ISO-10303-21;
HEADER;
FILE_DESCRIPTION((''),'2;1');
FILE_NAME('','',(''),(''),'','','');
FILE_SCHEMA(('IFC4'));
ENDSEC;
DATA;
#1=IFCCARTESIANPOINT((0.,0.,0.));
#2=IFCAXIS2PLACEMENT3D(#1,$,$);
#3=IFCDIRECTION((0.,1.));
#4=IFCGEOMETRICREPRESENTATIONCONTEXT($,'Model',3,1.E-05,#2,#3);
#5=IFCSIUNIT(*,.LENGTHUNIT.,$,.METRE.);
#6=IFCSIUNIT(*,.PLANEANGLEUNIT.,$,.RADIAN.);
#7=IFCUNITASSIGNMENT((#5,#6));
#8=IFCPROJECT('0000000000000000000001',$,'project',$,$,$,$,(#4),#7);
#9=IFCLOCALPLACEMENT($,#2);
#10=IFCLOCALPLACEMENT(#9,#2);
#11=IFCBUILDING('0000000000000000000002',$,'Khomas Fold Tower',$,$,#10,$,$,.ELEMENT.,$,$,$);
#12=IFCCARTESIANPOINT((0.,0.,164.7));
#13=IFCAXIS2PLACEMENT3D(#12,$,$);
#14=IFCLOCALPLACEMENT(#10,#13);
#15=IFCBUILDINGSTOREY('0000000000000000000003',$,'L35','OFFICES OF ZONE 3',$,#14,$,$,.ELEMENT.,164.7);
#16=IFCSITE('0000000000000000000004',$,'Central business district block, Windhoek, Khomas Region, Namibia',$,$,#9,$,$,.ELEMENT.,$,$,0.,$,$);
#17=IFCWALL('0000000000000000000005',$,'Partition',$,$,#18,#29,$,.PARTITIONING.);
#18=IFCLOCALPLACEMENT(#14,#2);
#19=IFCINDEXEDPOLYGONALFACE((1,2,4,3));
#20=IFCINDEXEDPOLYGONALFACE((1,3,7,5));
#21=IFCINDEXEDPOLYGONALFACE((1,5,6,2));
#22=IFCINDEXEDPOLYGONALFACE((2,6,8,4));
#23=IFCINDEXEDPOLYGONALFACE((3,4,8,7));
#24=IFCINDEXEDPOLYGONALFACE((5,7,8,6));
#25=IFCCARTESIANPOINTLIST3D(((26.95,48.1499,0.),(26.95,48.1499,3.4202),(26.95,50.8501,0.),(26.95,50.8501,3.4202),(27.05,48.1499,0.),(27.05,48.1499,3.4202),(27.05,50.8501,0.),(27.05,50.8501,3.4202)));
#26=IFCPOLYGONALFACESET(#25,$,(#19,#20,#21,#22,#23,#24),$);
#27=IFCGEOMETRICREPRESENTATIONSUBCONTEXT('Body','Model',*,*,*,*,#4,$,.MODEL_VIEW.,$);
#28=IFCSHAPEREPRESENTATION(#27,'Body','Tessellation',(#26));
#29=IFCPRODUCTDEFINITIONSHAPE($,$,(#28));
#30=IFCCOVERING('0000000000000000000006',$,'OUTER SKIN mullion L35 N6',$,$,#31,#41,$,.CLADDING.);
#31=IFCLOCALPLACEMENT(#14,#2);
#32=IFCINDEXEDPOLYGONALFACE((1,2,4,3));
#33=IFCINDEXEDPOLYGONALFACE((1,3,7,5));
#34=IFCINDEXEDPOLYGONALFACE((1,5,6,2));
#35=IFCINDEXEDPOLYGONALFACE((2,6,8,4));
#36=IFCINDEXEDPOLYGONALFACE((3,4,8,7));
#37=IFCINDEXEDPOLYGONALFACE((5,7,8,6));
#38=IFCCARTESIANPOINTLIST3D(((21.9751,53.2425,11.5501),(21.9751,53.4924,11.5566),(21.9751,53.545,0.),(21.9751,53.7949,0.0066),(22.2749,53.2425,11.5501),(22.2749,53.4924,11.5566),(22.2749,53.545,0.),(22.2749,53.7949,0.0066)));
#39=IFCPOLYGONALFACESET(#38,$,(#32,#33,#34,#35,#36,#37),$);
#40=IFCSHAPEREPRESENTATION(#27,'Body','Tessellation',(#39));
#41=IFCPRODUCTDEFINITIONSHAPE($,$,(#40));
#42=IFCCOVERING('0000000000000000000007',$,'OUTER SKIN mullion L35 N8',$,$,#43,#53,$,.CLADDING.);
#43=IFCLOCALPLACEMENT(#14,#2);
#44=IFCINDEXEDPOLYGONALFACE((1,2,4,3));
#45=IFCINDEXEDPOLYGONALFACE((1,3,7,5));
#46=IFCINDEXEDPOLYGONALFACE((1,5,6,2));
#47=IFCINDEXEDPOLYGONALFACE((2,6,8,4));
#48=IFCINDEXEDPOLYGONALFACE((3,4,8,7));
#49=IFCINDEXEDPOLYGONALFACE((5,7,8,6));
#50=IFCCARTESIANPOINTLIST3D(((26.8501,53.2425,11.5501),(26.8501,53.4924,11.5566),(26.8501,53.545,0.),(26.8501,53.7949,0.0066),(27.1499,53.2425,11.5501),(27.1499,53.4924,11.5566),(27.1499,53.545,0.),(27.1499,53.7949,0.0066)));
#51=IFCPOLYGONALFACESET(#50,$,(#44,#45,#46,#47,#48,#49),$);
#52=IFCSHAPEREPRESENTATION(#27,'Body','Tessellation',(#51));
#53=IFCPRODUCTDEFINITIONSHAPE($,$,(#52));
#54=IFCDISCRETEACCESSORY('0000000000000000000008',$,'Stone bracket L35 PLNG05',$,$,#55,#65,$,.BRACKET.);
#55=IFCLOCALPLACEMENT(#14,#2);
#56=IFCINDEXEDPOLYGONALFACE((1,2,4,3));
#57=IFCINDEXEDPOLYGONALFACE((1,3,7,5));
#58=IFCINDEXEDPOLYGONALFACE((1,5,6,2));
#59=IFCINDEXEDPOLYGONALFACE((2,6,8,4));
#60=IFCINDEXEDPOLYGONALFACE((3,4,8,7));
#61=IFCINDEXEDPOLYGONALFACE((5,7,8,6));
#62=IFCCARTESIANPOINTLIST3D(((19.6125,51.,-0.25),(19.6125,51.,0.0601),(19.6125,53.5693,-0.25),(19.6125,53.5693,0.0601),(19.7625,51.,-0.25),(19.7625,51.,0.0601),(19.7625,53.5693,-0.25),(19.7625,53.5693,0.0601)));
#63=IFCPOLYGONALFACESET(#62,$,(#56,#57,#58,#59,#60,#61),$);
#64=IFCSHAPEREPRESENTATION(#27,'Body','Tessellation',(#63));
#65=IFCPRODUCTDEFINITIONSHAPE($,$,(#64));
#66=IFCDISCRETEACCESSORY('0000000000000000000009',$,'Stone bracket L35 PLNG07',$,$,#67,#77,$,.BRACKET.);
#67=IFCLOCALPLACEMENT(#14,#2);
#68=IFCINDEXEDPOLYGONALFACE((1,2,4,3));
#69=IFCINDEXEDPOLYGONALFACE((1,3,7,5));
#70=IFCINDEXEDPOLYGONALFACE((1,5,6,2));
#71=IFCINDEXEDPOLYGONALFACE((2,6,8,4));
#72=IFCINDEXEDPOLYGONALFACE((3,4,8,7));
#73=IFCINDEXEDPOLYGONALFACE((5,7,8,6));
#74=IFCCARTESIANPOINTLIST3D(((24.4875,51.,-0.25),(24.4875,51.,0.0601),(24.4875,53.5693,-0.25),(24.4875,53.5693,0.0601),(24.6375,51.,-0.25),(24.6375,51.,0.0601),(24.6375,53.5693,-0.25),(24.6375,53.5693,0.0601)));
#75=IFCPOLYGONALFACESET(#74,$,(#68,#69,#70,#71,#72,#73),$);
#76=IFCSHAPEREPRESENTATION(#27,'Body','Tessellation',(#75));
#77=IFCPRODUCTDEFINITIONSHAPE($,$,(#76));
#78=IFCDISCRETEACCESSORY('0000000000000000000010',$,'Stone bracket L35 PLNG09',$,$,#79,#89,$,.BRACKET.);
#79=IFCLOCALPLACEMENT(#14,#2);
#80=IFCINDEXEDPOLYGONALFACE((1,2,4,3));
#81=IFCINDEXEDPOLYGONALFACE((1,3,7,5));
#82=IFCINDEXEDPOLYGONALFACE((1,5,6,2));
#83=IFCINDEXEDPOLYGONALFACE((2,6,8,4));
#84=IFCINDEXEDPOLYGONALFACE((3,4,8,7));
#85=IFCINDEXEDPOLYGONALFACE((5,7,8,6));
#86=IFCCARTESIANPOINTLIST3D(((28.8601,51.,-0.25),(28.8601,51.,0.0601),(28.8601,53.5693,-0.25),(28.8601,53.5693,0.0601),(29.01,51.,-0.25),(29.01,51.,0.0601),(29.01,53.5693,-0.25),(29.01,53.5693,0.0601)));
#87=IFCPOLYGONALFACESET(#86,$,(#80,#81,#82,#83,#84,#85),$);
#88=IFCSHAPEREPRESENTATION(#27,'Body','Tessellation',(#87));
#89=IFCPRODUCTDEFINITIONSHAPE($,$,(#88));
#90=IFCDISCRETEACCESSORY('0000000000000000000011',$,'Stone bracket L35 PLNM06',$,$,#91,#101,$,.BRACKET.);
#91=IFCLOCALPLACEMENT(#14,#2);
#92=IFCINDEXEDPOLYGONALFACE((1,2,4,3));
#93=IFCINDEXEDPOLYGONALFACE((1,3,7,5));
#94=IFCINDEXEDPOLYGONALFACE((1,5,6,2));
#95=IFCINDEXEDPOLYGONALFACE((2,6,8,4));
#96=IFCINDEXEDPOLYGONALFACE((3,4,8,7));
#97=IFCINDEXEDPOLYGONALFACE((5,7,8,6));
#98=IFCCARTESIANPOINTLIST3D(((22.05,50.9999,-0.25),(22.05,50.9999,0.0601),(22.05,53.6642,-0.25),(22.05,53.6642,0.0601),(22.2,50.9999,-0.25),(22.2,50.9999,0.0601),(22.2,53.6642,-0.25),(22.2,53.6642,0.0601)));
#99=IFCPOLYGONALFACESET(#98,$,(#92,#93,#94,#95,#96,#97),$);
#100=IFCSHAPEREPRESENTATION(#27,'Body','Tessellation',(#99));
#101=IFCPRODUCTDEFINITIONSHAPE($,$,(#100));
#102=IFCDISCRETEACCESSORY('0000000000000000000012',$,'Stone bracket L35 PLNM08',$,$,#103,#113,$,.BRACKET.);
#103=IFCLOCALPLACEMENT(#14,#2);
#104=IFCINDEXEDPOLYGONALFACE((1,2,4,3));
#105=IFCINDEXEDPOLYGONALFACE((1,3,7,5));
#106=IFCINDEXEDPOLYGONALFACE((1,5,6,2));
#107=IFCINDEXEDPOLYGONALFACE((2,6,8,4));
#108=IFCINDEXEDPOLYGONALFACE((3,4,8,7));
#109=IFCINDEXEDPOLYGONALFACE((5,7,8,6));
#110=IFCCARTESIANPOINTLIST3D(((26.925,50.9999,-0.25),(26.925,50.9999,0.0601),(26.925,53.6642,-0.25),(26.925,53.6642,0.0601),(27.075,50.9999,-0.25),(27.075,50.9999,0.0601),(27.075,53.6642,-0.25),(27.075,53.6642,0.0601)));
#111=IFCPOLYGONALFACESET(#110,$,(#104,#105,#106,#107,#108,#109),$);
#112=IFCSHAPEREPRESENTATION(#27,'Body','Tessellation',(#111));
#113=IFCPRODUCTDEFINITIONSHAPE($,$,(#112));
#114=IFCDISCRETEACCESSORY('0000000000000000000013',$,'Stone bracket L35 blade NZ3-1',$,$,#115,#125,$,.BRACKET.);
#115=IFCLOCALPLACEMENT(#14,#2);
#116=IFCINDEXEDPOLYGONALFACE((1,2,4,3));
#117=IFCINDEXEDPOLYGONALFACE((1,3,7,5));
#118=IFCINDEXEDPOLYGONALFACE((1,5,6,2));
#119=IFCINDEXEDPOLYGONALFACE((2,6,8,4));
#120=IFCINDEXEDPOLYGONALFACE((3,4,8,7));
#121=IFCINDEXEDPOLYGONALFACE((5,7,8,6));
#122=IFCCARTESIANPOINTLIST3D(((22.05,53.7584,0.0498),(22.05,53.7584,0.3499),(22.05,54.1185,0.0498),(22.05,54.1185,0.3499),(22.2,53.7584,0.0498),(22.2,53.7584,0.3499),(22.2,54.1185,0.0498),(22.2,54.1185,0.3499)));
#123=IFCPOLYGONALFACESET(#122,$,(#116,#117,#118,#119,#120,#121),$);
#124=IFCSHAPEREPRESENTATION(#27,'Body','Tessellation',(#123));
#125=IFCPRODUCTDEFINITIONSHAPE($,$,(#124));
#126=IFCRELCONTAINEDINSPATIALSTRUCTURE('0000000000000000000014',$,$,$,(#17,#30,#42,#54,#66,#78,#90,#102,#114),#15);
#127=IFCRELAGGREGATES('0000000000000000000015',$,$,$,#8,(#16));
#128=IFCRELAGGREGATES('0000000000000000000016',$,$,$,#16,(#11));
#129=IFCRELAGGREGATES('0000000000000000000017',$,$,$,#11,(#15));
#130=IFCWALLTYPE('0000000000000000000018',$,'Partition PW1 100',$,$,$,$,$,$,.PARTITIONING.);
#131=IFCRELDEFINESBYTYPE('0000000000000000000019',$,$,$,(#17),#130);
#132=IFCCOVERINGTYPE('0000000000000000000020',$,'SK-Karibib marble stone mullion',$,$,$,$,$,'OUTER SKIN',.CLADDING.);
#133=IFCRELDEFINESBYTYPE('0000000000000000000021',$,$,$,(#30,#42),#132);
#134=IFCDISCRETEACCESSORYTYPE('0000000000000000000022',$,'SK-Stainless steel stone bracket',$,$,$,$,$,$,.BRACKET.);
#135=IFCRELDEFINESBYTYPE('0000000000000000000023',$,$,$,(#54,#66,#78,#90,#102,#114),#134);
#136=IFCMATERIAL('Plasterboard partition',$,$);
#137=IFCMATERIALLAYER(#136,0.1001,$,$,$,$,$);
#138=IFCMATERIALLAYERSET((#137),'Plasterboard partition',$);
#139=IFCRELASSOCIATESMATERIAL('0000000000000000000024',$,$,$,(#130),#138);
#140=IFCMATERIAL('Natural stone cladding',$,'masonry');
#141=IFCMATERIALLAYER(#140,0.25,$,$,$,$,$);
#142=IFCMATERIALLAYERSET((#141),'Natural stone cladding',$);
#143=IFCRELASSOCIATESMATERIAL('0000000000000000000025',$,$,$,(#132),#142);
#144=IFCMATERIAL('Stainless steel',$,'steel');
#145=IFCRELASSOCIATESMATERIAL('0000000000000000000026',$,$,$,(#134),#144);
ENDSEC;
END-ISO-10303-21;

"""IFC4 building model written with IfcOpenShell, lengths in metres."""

from ifc_helpers import new_model, si_unit, direction, frame, frame_2d, origin, origin_2d, place, context, subcontext, project, spatial, polyline, rectangle, outline, extrude, source, transform, mapped, material, layer, layer_set, type_object, element, save


model = new_model("IFC4")

# Units and contexts
model_context = context("Model", 3, precision=1e-05, world=origin(), true_north=direction((0.0, 1.0)))
body_context = subcontext(model_context, "Body", "Model", "MODEL_VIEW")
ifc_project = project(units=[si_unit("LENGTHUNIT", "METRE"), si_unit("PLANEANGLEUNIT", "RADIAN")], contexts=[model_context])

# Site, building, storey
site_placement = place(None, origin())
site = spatial("IfcSite", under=ifc_project, at=site_placement, Name="Central business district block, Windhoek, Khomas Region, Namibia", CompositionType="ELEMENT", RefElevation=0.0)
building_placement = place(site_placement, origin())
building = spatial("IfcBuilding", under=site, at=building_placement, Name="Khomas Fold Tower", CompositionType="ELEMENT")
storey_placement = place(building_placement, frame((0.0, 0.0, 164.7)))
storey = spatial("IfcBuildingStorey", under=building, at=storey_placement, Name="L35", Description="OFFICES OF ZONE 3", CompositionType="ELEMENT", Elevation=164.7)

# Wall
ifc_material_1 = material(Name="Plasterboard partition")
ifc_layer_1 = layer(ifc_material_1, 0.1001)
ifc_layer_set_1 = layer_set([ifc_layer_1], Name="Plasterboard partition")
wall_type_1 = type_object("IfcWallType", Name="Partition PW1 100", PredefinedType="PARTITIONING", material=ifc_layer_set_1)
shared_shape_1 = source(origin(), body_context, "Body", "SweptSolid", [
    extrude(rectangle(XDim=2.7002, YDim=0.1001, at=frame_2d((1.3501, 0.0))), origin(), (0.0, 0.0, 1.0), 3.4202),
])
wall_1_placement = place(storey_placement, frame((27.0, 48.1499, 0.0), z_axis=(0.0, 0.0, 1.0), x_axis=(0.0, 1.0, 0.0)))
element("IfcWall", 1, at=wall_1_placement, inside=storey, type_object=wall_type_1, Name="Partition", PredefinedType="PARTITIONING", context=body_context, shape_type="MappedRepresentation", body=[
    mapped(shared_shape_1, transform((0.0, 0.0, 0.0))),
])

# Coverings
ifc_material_2 = material(Name="Natural stone cladding", Category="masonry")
ifc_layer_2 = layer(ifc_material_2, 0.25)
ifc_layer_set_2 = layer_set([ifc_layer_2], Name="Natural stone cladding")
covering_type = type_object("IfcCoveringType", Name="SK-Karibib marble stone mullion", ElementType="OUTER SKIN", PredefinedType="CLADDING", material=ifc_layer_set_2)
for number, where, z_axis, x_axis, name in (
    (2, (21.9751, 53.7949, 0.0066), (0.0, 0.999657, 0.026181), (1.0, 0.0, 0.0), "OUTER SKIN mullion L35 N6"),
    (3, (26.8501, 53.7949, 0.0066), (0.0, 0.999657, 0.026181), (1.0, 0.0, 0.0), "OUTER SKIN mullion L35 N8"),
):
    element("IfcCovering", number, at=place(storey_placement, frame(where, z_axis=z_axis, x_axis=x_axis)), inside=storey, type_object=covering_type, Name=name, PredefinedType="CLADDING", context=body_context, shape_type="SweptSolid", body=[
        extrude(outline(polyline([(0.0, 0.0), (0.2998, 0.0), (0.2998, -11.554), (0.0, -11.554), (0.0, 0.0)])), origin(), (0.0, 0.0, -1.0), 0.25),
    ])

# Discrete accessories
ifc_material_3 = material(Name="Stainless steel", Category="steel")
discrete_accessory_type = type_object("IfcDiscreteAccessoryType", Name="SK-Stainless steel stone bracket", PredefinedType="BRACKET", material=ifc_material_3)
shared_shape_2 = source(origin(), body_context, "Body", "SweptSolid", [
    extrude(rectangle(XDim=2.5693, YDim=0.1499, at=origin_2d()), origin(), (0.0, 0.0, 1.0), 0.3101),
])
for number, where, z_axis, x_axis, name in (
    (4, (19.6875, 52.2847, -0.25), (0.0, 0.0, 1.0), (0.0, 1.0, 0.0), "Stone bracket L35 PLNG05"),
    (5, (24.5625, 52.2847, -0.25), (0.0, 0.0, 1.0), (0.0, 1.0, 0.0), "Stone bracket L35 PLNG07"),
    (6, (28.9351, 52.2847, -0.25), (0.0, 0.0, 1.0), (0.0, 1.0, 0.0), "Stone bracket L35 PLNG09"),
):
    element("IfcDiscreteAccessory", number, at=place(storey_placement, frame(where, z_axis=z_axis, x_axis=x_axis)), inside=storey, type_object=discrete_accessory_type, Name=name, PredefinedType="BRACKET", context=body_context, shape_type="MappedRepresentation", body=[
        mapped(shared_shape_2, transform((0.0, 0.0, 0.0))),
    ])
shared_shape_3 = source(origin(), body_context, "Body", "SweptSolid", [
    extrude(rectangle(XDim=2.6643, YDim=0.1499, at=origin_2d()), origin(), (0.0, 0.0, 1.0), 0.3101),
])
for number, where, z_axis, x_axis, name in (
    (7, (22.125, 52.332, -0.25), (0.0, 0.0, 1.0), (0.0, 1.0, 0.0), "Stone bracket L35 PLNM06"),
    (8, (27.0, 52.332, -0.25), (0.0, 0.0, 1.0), (0.0, 1.0, 0.0), "Stone bracket L35 PLNM08"),
):
    element("IfcDiscreteAccessory", number, at=place(storey_placement, frame(where, z_axis=z_axis, x_axis=x_axis)), inside=storey, type_object=discrete_accessory_type, Name=name, PredefinedType="BRACKET", context=body_context, shape_type="MappedRepresentation", body=[
        mapped(shared_shape_3, transform((0.0, 0.0, 0.0))),
    ])
shared_shape_4 = source(origin(), body_context, "Body", "SweptSolid", [
    extrude(rectangle(XDim=0.3601, YDim=0.1499, at=origin_2d()), origin(), (0.0, 0.0, 1.0), 0.3),
])
discrete_accessory_placement = place(storey_placement, frame((22.125, 53.9385, 0.0498), z_axis=(0.0, 0.0, 1.0), x_axis=(0.0, 1.0, 0.0)))
element("IfcDiscreteAccessory", 9, at=discrete_accessory_placement, inside=storey, type_object=discrete_accessory_type, Name="Stone bracket L35 blade NZ3-1", PredefinedType="BRACKET", context=body_context, shape_type="MappedRepresentation", body=[
    mapped(shared_shape_4, transform((0.0, 0.0, 0.0))),
])

save(model, "model.ifc")
